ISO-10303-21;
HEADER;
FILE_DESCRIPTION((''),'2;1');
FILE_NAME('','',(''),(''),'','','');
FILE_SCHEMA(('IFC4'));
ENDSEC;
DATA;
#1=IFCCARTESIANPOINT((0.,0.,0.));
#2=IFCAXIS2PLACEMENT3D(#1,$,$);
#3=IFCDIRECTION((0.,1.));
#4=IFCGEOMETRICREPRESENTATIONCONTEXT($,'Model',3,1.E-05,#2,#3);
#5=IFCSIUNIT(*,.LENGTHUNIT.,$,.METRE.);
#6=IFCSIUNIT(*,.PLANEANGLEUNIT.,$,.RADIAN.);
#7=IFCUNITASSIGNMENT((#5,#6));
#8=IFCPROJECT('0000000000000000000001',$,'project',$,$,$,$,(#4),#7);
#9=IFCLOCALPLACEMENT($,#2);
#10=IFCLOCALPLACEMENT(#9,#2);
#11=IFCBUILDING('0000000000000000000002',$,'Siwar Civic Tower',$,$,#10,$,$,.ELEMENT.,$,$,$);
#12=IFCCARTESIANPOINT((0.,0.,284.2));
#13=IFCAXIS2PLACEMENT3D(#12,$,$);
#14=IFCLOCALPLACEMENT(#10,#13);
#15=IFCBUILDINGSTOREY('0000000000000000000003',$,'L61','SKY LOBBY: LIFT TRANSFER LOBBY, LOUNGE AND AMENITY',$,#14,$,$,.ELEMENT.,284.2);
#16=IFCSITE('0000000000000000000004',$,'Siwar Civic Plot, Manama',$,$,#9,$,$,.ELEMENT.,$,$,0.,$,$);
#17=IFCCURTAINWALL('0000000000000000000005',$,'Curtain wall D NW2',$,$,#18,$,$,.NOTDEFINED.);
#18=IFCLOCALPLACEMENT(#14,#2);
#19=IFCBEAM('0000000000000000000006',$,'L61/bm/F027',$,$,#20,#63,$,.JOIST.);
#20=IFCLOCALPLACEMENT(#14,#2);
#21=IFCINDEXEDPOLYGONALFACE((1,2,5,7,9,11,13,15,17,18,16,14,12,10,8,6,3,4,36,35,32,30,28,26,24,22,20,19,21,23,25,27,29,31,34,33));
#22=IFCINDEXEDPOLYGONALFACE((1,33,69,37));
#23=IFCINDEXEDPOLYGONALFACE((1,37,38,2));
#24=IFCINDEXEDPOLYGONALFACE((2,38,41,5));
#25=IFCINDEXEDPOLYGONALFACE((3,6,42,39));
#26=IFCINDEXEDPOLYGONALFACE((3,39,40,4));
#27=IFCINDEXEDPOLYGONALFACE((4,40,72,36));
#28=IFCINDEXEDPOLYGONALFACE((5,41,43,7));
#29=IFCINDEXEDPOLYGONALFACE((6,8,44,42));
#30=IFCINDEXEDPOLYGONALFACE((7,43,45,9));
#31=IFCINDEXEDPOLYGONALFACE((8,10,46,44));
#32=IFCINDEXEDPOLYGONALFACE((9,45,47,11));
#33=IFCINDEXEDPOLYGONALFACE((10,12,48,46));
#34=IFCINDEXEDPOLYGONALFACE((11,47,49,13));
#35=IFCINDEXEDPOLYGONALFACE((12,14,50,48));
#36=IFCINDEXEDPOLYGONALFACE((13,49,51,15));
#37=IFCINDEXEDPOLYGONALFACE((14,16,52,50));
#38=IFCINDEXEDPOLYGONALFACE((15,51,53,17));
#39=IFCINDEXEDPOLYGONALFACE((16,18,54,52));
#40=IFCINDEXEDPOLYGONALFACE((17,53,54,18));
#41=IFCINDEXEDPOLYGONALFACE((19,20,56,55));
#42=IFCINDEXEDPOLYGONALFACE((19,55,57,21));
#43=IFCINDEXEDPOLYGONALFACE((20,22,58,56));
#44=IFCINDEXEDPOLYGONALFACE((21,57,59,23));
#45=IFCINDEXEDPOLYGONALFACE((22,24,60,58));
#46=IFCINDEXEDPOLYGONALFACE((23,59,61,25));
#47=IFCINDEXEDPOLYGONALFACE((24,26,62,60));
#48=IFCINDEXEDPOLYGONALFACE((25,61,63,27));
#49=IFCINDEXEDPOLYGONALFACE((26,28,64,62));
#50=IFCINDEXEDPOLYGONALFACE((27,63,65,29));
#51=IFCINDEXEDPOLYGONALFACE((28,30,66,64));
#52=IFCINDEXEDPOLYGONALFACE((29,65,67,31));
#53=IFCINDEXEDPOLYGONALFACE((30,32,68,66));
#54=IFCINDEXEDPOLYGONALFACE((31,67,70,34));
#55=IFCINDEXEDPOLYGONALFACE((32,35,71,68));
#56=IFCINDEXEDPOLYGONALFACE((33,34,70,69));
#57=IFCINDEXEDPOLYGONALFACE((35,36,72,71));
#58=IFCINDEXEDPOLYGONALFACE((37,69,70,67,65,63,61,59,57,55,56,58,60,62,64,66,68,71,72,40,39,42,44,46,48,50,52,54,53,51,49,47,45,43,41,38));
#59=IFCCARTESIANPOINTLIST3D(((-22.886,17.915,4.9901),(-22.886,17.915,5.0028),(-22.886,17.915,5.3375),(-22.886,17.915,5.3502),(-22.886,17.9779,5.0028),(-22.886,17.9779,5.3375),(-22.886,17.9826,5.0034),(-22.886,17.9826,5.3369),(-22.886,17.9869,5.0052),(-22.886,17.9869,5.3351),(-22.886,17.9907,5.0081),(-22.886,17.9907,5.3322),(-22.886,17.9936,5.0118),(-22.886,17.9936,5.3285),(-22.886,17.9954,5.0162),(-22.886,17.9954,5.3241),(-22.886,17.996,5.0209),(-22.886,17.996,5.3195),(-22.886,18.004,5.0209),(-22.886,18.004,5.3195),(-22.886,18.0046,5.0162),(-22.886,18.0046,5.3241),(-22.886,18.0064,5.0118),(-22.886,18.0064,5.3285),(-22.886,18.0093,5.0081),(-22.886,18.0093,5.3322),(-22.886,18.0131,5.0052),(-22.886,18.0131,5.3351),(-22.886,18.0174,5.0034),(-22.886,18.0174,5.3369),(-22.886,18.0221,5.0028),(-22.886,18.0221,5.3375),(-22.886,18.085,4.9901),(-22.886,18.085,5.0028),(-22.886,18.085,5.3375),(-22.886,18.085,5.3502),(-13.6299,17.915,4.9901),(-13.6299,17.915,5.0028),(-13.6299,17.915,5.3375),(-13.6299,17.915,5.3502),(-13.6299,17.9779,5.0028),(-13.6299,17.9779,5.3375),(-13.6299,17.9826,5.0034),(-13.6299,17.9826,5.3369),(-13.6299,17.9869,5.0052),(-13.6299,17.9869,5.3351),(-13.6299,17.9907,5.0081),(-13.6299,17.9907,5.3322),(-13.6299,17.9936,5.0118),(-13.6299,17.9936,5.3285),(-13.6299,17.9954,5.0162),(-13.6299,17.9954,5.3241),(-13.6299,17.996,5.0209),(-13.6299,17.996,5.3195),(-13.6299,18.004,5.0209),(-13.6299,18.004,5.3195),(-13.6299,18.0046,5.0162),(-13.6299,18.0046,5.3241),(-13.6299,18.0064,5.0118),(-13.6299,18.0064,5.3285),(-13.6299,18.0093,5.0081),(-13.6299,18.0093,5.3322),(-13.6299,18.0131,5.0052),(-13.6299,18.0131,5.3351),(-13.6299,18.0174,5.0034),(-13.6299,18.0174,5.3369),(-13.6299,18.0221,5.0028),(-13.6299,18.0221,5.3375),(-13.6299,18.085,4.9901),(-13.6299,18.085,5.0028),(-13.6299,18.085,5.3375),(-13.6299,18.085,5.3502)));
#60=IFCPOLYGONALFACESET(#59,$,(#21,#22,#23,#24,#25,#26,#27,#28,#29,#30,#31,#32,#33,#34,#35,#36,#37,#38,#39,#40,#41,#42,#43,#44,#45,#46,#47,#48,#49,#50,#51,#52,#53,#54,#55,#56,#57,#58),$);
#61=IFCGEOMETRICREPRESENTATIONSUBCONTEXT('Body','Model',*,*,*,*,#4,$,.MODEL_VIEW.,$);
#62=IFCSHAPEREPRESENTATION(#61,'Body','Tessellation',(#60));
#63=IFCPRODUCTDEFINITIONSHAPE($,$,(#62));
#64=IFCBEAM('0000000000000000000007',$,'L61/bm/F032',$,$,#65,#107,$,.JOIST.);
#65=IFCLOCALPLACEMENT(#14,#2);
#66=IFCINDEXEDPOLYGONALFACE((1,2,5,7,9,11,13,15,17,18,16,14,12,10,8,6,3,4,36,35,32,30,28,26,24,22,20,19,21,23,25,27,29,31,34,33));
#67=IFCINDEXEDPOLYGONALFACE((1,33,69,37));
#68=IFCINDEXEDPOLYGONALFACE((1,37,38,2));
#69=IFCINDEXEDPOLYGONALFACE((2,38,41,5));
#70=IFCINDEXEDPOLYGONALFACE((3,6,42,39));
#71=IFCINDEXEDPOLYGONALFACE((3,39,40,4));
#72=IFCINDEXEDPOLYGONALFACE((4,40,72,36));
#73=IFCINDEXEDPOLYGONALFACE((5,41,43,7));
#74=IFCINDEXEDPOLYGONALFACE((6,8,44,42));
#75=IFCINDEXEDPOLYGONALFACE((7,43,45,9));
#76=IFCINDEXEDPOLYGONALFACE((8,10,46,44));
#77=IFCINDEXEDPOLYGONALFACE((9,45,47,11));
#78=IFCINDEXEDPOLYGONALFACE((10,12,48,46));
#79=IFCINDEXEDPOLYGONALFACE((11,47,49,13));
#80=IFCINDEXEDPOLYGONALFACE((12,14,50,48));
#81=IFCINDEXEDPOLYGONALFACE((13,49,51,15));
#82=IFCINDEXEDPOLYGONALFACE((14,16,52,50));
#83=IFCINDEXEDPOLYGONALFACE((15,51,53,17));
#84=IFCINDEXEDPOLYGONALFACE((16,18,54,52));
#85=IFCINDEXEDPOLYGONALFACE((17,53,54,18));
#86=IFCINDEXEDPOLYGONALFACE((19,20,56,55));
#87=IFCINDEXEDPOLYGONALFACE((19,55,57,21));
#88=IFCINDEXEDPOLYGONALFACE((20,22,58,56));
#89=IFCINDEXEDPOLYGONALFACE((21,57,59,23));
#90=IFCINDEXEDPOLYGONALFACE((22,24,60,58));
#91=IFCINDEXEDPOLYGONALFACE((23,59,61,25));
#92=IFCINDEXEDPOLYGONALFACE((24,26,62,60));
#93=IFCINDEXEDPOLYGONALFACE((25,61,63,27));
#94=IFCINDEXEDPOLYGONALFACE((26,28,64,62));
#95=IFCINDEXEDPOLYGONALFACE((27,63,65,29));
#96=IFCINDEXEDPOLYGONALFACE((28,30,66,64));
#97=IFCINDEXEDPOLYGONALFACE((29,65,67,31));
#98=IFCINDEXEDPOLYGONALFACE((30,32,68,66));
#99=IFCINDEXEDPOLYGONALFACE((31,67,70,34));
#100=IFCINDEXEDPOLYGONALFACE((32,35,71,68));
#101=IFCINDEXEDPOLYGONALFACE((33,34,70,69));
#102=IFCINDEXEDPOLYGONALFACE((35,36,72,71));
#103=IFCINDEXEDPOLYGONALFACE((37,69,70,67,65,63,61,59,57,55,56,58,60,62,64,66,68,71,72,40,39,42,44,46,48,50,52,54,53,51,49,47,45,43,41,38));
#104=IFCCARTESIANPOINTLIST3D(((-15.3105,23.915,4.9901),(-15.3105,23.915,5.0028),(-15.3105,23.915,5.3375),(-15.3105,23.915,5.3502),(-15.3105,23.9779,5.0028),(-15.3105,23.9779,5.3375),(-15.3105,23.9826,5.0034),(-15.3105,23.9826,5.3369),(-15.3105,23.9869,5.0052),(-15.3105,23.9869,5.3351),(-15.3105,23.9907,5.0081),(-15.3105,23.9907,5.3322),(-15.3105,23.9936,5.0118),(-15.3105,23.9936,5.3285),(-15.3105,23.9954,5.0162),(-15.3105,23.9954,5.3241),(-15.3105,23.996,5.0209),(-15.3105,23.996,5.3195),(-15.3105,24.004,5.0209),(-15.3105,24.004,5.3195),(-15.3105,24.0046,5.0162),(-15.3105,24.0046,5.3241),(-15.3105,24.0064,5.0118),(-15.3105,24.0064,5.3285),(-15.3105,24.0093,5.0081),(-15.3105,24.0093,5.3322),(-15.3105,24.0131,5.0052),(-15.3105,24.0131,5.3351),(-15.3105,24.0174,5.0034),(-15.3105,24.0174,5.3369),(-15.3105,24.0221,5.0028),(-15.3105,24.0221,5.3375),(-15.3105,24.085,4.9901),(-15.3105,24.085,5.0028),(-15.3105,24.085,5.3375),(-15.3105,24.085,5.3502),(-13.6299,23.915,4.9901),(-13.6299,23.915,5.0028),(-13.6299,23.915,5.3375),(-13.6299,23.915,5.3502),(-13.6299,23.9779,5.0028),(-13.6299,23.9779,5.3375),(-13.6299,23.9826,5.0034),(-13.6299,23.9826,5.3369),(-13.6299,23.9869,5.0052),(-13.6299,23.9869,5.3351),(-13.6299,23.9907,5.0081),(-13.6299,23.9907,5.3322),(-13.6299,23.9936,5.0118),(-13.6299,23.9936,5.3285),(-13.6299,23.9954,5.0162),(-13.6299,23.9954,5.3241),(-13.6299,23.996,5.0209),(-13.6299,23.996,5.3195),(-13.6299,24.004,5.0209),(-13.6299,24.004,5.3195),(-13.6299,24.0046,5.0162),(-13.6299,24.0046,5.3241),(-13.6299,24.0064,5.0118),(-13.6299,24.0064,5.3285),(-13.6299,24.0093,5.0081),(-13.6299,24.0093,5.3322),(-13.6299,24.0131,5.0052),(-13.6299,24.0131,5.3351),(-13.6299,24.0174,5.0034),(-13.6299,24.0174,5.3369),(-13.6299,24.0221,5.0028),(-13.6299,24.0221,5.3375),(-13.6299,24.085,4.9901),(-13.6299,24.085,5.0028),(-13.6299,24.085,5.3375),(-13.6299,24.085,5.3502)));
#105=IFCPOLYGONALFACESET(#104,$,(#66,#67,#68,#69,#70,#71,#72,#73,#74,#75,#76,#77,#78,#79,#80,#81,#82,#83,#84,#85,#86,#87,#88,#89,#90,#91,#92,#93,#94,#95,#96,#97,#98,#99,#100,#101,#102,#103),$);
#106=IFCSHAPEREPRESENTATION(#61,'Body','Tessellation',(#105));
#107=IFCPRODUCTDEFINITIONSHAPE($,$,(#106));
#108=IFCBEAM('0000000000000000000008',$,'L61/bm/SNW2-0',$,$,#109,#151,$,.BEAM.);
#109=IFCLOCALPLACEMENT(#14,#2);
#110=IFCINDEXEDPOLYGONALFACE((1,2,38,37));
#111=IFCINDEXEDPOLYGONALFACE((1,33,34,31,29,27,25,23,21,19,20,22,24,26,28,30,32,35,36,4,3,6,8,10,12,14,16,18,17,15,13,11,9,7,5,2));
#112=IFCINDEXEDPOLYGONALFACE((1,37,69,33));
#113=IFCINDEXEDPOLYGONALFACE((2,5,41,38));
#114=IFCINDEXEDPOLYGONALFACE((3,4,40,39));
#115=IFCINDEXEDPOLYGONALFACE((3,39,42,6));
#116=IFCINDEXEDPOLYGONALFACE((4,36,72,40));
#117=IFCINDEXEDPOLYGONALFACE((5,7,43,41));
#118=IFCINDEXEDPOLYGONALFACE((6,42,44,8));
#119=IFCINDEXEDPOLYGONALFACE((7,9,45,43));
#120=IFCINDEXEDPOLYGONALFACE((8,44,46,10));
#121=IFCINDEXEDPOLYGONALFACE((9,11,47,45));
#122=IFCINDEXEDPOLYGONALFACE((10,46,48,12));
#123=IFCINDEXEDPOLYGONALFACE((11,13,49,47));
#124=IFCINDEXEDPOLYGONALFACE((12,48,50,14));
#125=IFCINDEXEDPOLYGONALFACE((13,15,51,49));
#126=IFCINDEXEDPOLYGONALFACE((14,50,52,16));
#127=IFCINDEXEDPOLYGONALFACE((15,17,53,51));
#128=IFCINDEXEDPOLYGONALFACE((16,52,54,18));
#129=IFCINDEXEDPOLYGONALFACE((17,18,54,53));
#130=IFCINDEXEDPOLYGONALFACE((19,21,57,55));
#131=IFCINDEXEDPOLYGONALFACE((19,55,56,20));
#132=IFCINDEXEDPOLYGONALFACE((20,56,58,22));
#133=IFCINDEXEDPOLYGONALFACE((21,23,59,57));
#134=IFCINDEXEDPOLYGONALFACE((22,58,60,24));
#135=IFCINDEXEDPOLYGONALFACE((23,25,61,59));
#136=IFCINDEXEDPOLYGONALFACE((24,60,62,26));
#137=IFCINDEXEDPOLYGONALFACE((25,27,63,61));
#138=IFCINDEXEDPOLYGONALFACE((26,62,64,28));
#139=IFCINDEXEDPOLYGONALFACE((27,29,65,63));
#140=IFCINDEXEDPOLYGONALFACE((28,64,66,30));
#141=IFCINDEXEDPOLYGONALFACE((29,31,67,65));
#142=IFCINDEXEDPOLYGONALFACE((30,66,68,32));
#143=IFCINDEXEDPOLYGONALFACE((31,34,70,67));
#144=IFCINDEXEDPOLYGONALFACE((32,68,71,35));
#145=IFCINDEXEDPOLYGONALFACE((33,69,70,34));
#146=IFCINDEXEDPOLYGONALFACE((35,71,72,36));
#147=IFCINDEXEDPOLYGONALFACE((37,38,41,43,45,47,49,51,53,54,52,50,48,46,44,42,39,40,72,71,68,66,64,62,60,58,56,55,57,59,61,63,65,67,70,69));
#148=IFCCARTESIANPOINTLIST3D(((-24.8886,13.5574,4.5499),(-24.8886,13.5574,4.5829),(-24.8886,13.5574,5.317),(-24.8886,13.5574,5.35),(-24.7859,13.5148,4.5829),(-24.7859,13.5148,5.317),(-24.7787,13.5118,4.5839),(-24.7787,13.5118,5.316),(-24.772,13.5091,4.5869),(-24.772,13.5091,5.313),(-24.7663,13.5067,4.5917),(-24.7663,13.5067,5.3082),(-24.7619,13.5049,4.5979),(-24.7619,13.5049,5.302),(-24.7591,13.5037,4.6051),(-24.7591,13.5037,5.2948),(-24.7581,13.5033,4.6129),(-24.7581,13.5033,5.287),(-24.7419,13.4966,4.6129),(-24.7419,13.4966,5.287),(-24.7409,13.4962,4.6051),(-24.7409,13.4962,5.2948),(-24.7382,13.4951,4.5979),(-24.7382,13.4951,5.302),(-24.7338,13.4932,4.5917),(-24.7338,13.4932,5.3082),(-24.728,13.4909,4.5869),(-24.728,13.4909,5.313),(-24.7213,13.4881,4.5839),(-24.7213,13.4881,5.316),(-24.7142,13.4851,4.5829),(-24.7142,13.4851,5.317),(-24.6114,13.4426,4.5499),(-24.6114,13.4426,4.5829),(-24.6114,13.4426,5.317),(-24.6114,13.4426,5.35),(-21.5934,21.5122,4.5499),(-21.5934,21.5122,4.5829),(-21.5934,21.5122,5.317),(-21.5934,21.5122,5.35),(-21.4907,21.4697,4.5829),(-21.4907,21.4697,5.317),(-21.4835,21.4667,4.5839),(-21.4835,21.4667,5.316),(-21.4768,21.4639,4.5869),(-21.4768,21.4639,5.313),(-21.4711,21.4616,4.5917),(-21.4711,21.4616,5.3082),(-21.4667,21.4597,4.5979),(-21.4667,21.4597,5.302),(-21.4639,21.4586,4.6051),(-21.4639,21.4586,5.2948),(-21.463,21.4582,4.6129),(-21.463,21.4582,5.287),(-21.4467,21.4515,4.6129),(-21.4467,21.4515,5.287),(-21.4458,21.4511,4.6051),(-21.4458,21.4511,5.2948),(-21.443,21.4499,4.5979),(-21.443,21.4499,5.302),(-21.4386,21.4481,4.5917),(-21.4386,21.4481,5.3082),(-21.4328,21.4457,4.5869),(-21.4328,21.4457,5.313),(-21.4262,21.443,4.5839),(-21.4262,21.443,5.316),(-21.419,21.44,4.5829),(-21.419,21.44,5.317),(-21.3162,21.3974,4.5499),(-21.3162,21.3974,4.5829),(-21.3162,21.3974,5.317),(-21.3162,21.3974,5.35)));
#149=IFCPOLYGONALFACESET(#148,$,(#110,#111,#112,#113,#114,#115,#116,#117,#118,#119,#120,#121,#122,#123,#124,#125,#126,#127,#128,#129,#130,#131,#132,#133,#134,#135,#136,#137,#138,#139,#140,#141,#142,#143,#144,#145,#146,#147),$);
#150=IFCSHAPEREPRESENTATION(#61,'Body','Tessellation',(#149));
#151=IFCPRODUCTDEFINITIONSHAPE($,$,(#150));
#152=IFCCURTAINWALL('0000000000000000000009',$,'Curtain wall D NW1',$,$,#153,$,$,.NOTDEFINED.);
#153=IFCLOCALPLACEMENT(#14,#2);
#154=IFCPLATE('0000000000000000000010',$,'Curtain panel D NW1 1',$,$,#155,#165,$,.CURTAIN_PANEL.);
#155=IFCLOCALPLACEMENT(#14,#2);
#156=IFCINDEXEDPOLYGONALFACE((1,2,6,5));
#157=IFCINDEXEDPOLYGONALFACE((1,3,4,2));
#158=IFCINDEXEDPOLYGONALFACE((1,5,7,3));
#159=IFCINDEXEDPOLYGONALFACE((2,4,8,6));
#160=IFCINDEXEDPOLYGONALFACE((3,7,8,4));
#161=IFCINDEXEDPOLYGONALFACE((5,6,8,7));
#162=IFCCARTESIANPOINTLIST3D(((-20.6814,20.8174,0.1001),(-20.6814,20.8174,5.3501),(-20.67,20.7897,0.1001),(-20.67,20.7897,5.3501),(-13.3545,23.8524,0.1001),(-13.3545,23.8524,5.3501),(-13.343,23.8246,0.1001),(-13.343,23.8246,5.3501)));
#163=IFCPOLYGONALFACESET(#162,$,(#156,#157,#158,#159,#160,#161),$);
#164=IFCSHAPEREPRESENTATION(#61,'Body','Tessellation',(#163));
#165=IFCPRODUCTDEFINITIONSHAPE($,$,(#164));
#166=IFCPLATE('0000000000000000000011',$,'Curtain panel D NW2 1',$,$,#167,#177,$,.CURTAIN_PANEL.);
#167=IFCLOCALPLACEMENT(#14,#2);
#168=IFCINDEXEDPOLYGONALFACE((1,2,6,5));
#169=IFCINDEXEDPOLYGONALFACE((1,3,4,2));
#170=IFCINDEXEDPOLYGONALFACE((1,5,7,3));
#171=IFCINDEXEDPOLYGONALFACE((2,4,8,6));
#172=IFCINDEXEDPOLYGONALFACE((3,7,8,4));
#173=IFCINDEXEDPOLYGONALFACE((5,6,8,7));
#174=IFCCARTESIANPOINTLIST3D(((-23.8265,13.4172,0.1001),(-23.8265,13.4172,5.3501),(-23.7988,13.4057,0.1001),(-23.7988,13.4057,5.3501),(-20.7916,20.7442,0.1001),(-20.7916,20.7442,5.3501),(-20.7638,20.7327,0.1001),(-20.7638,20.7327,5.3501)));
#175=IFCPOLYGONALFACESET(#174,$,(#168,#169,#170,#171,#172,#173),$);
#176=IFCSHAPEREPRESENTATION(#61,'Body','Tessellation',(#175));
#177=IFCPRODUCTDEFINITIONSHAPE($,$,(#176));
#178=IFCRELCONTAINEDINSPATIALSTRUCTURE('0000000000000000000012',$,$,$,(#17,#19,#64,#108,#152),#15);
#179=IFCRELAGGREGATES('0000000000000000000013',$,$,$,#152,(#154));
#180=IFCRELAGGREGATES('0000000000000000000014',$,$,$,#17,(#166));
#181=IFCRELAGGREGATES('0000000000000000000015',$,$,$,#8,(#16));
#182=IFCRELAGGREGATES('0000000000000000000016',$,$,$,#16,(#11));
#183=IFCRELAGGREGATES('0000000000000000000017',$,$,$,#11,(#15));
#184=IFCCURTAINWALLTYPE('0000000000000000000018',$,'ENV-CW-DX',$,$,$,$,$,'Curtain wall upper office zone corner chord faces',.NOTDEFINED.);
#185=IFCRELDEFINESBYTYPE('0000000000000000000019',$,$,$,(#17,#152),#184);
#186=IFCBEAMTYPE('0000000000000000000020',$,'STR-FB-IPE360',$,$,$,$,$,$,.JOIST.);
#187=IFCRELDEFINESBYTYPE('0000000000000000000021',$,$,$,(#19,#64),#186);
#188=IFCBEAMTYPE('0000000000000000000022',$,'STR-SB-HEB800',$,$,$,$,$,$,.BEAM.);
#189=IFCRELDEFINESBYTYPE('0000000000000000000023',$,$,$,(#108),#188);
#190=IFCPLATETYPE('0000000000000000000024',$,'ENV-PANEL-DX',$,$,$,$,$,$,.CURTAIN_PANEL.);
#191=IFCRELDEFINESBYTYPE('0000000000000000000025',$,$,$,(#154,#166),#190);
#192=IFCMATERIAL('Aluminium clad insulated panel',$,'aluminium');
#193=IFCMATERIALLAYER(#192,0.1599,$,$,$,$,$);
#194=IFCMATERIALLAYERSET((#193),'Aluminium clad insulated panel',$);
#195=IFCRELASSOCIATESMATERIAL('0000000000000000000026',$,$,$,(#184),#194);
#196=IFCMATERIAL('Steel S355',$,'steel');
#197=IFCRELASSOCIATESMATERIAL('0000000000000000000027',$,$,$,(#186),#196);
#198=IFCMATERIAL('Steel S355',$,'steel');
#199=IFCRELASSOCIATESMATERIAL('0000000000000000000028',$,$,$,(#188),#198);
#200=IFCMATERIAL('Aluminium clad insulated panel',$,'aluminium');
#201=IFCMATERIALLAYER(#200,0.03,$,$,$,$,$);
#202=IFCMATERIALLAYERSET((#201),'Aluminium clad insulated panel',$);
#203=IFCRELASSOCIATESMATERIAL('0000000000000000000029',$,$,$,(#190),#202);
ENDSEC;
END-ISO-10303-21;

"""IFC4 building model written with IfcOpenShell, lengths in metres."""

from ifc_helpers import new_model, si_unit, direction, frame, origin, origin_2d, place, context, subcontext, project, spatial, rectangle, i_section, extrude, material, layer, layer_set, material_profile, profile_set, type_object, element, aggregate, save


model = new_model("IFC4")

# Units and contexts
model_context = context("Model", 3, precision=1e-05, world=origin(), true_north=direction((0.0, 1.0)))
body_context = subcontext(model_context, "Body", "Model", "MODEL_VIEW")
ifc_project = project(units=[si_unit("LENGTHUNIT", "METRE"), si_unit("PLANEANGLEUNIT", "RADIAN")], contexts=[model_context])

# Site, building, storey
site_placement = place(None, origin())
site = spatial("IfcSite", under=ifc_project, at=site_placement, Name="Siwar Civic Plot, Manama", CompositionType="ELEMENT", RefElevation=0.0)
building_placement = place(site_placement, origin())
building = spatial("IfcBuilding", under=site, at=building_placement, Name="Siwar Civic Tower", CompositionType="ELEMENT")
storey_placement = place(building_placement, frame((0.0, 0.0, 284.2)))
storey = spatial("IfcBuildingStorey", under=building, at=storey_placement, Name="L61", Description="SKY LOBBY: LIFT TRANSFER LOBBY, LOUNGE AND AMENITY", CompositionType="ELEMENT", Elevation=284.2)

# Curtain wall
ifc_material_1 = material(Name="Aluminium clad insulated panel", Category="aluminium")
ifc_layer_1 = layer(ifc_material_1, 0.1599)
ifc_layer_set_1 = layer_set([ifc_layer_1], Name="Aluminium clad insulated panel")
curtain_wall_type = type_object("IfcCurtainWallType", Name="ENV-CW-DX", ElementType="Curtain wall upper office zone corner chord faces", PredefinedType="NOTDEFINED", material=ifc_layer_set_1)
curtain_wall_1_placement = place(storey_placement, origin())
curtain_wall_1 = element("IfcCurtainWall", 1, at=curtain_wall_1_placement, inside=storey, type_object=curtain_wall_type, Name="Curtain wall D NW2", PredefinedType="NOTDEFINED")

# Beams
ifc_material_2 = material(Name="Steel S355", Category="steel")
ifc_material_profile_1 = material_profile(ifc_material_2, i_section(OverallWidth=0.1699, OverallDepth=0.3601, WebThickness=0.0081, FlangeThickness=0.0127, FilletRadius=0.0181, at=origin_2d()), Name="IPE360")
ifc_profile_set_1 = profile_set([ifc_material_profile_1], Name="Steel S355")
beam_type_1 = type_object("IfcBeamType", Name="STR-FB-IPE360", PredefinedType="JOIST", material=ifc_profile_set_1)
beam_1_placement = place(storey_placement, frame((-22.886, 18.0, 5.1702), z_axis=(1.0, 0.0, 0.0), x_axis=(0.0, 1.0, 0.0)))
element("IfcBeam", 2, at=beam_1_placement, inside=storey, type_object=beam_type_1, Name="L61/bm/F027", PredefinedType="JOIST", context=body_context, shape_type="SweptSolid", body=[
    extrude(i_section(OverallWidth=0.1699, OverallDepth=0.3601, WebThickness=0.0081, FlangeThickness=0.0127, FilletRadius=0.0181, at=origin_2d()), origin(), (0.0, 0.0, 1.0), 9.2561),
])
beam_2_placement = place(storey_placement, frame((-15.3105, 24.0, 5.1702), z_axis=(1.0, 0.0, 0.0), x_axis=(0.0, 1.0, 0.0)))
element("IfcBeam", 3, at=beam_2_placement, inside=storey, type_object=beam_type_1, Name="L61/bm/F032", PredefinedType="JOIST", context=body_context, shape_type="SweptSolid", body=[
    extrude(i_section(OverallWidth=0.1699, OverallDepth=0.3601, WebThickness=0.0081, FlangeThickness=0.0127, FilletRadius=0.0181, at=origin_2d()), origin(), (0.0, 0.0, 1.0), 1.6807),
])
ifc_material_3 = material(Name="Steel S355", Category="steel")
ifc_material_profile_2 = material_profile(ifc_material_3, i_section(OverallWidth=0.3, OverallDepth=0.8, WebThickness=0.0176, FlangeThickness=0.033, FilletRadius=0.03, at=origin_2d()), Name="HEB800")
ifc_profile_set_2 = profile_set([ifc_material_profile_2], Name="Steel S355")
beam_type_2 = type_object("IfcBeamType", Name="STR-SB-HEB800", PredefinedType="BEAM", material=ifc_profile_set_2)
beam_3_placement = place(storey_placement, frame((-21.4548, 21.4548, 4.95), z_axis=(-0.3827, -0.923873, 0.0), x_axis=(0.923873, -0.3827, 0.0)))
element("IfcBeam", 4, at=beam_3_placement, inside=storey, type_object=beam_type_2, Name="L61/bm/SNW2-0", PredefinedType="BEAM", context=body_context, shape_type="SweptSolid", body=[
    extrude(i_section(OverallWidth=0.3, OverallDepth=0.8, WebThickness=0.0176, FlangeThickness=0.033, FilletRadius=0.03, at=origin_2d()), origin(), (0.0, 0.0, 1.0), 8.6104),
])

# Curtain wall, plate
curtain_wall_2_placement = place(storey_placement, origin())
curtain_wall_2 = element("IfcCurtainWall", 5, at=curtain_wall_2_placement, inside=storey, type_object=curtain_wall_type, Name="Curtain wall D NW1", PredefinedType="NOTDEFINED")
ifc_material_4 = material(Name="Aluminium clad insulated panel", Category="aluminium")
ifc_layer_2 = layer(ifc_material_4, 0.03)
ifc_layer_set_2 = layer_set([ifc_layer_2], Name="Aluminium clad insulated panel")
plate_type = type_object("IfcPlateType", Name="ENV-PANEL-DX", PredefinedType="CURTAIN_PANEL", material=ifc_layer_set_2)
plate_1_placement = place(storey_placement, frame((-17.0122, 22.321, 0.1001), z_axis=(0.0, 0.0, 1.0), x_axis=(-0.92388, -0.382683, 0.0)))
plate_1 = element("IfcPlate", 6, at=plate_1_placement, type_object=plate_type, Name="Curtain panel D NW1 1", PredefinedType="CURTAIN_PANEL", context=body_context, shape_type="SweptSolid", body=[
    extrude(rectangle(XDim=7.9307, YDim=0.03, at=origin_2d()), origin(), (0.0, 0.0, 1.0), 5.25),
])
aggregate(curtain_wall_2, [plate_1])

# Plate
plate_2_placement = place(storey_placement, frame((-22.2952, 17.075, 0.1001), z_axis=(0.0, 0.0, 1.0), x_axis=(-0.382683, -0.92388, 0.0)))
plate_2 = element("IfcPlate", 7, at=plate_2_placement, type_object=plate_type, Name="Curtain panel D NW2 1", PredefinedType="CURTAIN_PANEL", context=body_context, shape_type="SweptSolid", body=[
    extrude(rectangle(XDim=7.9307, YDim=0.03, at=origin_2d()), origin(), (0.0, 0.0, 1.0), 5.25),
])
aggregate(curtain_wall_1, [plate_2])

save(model, "model.ifc")
